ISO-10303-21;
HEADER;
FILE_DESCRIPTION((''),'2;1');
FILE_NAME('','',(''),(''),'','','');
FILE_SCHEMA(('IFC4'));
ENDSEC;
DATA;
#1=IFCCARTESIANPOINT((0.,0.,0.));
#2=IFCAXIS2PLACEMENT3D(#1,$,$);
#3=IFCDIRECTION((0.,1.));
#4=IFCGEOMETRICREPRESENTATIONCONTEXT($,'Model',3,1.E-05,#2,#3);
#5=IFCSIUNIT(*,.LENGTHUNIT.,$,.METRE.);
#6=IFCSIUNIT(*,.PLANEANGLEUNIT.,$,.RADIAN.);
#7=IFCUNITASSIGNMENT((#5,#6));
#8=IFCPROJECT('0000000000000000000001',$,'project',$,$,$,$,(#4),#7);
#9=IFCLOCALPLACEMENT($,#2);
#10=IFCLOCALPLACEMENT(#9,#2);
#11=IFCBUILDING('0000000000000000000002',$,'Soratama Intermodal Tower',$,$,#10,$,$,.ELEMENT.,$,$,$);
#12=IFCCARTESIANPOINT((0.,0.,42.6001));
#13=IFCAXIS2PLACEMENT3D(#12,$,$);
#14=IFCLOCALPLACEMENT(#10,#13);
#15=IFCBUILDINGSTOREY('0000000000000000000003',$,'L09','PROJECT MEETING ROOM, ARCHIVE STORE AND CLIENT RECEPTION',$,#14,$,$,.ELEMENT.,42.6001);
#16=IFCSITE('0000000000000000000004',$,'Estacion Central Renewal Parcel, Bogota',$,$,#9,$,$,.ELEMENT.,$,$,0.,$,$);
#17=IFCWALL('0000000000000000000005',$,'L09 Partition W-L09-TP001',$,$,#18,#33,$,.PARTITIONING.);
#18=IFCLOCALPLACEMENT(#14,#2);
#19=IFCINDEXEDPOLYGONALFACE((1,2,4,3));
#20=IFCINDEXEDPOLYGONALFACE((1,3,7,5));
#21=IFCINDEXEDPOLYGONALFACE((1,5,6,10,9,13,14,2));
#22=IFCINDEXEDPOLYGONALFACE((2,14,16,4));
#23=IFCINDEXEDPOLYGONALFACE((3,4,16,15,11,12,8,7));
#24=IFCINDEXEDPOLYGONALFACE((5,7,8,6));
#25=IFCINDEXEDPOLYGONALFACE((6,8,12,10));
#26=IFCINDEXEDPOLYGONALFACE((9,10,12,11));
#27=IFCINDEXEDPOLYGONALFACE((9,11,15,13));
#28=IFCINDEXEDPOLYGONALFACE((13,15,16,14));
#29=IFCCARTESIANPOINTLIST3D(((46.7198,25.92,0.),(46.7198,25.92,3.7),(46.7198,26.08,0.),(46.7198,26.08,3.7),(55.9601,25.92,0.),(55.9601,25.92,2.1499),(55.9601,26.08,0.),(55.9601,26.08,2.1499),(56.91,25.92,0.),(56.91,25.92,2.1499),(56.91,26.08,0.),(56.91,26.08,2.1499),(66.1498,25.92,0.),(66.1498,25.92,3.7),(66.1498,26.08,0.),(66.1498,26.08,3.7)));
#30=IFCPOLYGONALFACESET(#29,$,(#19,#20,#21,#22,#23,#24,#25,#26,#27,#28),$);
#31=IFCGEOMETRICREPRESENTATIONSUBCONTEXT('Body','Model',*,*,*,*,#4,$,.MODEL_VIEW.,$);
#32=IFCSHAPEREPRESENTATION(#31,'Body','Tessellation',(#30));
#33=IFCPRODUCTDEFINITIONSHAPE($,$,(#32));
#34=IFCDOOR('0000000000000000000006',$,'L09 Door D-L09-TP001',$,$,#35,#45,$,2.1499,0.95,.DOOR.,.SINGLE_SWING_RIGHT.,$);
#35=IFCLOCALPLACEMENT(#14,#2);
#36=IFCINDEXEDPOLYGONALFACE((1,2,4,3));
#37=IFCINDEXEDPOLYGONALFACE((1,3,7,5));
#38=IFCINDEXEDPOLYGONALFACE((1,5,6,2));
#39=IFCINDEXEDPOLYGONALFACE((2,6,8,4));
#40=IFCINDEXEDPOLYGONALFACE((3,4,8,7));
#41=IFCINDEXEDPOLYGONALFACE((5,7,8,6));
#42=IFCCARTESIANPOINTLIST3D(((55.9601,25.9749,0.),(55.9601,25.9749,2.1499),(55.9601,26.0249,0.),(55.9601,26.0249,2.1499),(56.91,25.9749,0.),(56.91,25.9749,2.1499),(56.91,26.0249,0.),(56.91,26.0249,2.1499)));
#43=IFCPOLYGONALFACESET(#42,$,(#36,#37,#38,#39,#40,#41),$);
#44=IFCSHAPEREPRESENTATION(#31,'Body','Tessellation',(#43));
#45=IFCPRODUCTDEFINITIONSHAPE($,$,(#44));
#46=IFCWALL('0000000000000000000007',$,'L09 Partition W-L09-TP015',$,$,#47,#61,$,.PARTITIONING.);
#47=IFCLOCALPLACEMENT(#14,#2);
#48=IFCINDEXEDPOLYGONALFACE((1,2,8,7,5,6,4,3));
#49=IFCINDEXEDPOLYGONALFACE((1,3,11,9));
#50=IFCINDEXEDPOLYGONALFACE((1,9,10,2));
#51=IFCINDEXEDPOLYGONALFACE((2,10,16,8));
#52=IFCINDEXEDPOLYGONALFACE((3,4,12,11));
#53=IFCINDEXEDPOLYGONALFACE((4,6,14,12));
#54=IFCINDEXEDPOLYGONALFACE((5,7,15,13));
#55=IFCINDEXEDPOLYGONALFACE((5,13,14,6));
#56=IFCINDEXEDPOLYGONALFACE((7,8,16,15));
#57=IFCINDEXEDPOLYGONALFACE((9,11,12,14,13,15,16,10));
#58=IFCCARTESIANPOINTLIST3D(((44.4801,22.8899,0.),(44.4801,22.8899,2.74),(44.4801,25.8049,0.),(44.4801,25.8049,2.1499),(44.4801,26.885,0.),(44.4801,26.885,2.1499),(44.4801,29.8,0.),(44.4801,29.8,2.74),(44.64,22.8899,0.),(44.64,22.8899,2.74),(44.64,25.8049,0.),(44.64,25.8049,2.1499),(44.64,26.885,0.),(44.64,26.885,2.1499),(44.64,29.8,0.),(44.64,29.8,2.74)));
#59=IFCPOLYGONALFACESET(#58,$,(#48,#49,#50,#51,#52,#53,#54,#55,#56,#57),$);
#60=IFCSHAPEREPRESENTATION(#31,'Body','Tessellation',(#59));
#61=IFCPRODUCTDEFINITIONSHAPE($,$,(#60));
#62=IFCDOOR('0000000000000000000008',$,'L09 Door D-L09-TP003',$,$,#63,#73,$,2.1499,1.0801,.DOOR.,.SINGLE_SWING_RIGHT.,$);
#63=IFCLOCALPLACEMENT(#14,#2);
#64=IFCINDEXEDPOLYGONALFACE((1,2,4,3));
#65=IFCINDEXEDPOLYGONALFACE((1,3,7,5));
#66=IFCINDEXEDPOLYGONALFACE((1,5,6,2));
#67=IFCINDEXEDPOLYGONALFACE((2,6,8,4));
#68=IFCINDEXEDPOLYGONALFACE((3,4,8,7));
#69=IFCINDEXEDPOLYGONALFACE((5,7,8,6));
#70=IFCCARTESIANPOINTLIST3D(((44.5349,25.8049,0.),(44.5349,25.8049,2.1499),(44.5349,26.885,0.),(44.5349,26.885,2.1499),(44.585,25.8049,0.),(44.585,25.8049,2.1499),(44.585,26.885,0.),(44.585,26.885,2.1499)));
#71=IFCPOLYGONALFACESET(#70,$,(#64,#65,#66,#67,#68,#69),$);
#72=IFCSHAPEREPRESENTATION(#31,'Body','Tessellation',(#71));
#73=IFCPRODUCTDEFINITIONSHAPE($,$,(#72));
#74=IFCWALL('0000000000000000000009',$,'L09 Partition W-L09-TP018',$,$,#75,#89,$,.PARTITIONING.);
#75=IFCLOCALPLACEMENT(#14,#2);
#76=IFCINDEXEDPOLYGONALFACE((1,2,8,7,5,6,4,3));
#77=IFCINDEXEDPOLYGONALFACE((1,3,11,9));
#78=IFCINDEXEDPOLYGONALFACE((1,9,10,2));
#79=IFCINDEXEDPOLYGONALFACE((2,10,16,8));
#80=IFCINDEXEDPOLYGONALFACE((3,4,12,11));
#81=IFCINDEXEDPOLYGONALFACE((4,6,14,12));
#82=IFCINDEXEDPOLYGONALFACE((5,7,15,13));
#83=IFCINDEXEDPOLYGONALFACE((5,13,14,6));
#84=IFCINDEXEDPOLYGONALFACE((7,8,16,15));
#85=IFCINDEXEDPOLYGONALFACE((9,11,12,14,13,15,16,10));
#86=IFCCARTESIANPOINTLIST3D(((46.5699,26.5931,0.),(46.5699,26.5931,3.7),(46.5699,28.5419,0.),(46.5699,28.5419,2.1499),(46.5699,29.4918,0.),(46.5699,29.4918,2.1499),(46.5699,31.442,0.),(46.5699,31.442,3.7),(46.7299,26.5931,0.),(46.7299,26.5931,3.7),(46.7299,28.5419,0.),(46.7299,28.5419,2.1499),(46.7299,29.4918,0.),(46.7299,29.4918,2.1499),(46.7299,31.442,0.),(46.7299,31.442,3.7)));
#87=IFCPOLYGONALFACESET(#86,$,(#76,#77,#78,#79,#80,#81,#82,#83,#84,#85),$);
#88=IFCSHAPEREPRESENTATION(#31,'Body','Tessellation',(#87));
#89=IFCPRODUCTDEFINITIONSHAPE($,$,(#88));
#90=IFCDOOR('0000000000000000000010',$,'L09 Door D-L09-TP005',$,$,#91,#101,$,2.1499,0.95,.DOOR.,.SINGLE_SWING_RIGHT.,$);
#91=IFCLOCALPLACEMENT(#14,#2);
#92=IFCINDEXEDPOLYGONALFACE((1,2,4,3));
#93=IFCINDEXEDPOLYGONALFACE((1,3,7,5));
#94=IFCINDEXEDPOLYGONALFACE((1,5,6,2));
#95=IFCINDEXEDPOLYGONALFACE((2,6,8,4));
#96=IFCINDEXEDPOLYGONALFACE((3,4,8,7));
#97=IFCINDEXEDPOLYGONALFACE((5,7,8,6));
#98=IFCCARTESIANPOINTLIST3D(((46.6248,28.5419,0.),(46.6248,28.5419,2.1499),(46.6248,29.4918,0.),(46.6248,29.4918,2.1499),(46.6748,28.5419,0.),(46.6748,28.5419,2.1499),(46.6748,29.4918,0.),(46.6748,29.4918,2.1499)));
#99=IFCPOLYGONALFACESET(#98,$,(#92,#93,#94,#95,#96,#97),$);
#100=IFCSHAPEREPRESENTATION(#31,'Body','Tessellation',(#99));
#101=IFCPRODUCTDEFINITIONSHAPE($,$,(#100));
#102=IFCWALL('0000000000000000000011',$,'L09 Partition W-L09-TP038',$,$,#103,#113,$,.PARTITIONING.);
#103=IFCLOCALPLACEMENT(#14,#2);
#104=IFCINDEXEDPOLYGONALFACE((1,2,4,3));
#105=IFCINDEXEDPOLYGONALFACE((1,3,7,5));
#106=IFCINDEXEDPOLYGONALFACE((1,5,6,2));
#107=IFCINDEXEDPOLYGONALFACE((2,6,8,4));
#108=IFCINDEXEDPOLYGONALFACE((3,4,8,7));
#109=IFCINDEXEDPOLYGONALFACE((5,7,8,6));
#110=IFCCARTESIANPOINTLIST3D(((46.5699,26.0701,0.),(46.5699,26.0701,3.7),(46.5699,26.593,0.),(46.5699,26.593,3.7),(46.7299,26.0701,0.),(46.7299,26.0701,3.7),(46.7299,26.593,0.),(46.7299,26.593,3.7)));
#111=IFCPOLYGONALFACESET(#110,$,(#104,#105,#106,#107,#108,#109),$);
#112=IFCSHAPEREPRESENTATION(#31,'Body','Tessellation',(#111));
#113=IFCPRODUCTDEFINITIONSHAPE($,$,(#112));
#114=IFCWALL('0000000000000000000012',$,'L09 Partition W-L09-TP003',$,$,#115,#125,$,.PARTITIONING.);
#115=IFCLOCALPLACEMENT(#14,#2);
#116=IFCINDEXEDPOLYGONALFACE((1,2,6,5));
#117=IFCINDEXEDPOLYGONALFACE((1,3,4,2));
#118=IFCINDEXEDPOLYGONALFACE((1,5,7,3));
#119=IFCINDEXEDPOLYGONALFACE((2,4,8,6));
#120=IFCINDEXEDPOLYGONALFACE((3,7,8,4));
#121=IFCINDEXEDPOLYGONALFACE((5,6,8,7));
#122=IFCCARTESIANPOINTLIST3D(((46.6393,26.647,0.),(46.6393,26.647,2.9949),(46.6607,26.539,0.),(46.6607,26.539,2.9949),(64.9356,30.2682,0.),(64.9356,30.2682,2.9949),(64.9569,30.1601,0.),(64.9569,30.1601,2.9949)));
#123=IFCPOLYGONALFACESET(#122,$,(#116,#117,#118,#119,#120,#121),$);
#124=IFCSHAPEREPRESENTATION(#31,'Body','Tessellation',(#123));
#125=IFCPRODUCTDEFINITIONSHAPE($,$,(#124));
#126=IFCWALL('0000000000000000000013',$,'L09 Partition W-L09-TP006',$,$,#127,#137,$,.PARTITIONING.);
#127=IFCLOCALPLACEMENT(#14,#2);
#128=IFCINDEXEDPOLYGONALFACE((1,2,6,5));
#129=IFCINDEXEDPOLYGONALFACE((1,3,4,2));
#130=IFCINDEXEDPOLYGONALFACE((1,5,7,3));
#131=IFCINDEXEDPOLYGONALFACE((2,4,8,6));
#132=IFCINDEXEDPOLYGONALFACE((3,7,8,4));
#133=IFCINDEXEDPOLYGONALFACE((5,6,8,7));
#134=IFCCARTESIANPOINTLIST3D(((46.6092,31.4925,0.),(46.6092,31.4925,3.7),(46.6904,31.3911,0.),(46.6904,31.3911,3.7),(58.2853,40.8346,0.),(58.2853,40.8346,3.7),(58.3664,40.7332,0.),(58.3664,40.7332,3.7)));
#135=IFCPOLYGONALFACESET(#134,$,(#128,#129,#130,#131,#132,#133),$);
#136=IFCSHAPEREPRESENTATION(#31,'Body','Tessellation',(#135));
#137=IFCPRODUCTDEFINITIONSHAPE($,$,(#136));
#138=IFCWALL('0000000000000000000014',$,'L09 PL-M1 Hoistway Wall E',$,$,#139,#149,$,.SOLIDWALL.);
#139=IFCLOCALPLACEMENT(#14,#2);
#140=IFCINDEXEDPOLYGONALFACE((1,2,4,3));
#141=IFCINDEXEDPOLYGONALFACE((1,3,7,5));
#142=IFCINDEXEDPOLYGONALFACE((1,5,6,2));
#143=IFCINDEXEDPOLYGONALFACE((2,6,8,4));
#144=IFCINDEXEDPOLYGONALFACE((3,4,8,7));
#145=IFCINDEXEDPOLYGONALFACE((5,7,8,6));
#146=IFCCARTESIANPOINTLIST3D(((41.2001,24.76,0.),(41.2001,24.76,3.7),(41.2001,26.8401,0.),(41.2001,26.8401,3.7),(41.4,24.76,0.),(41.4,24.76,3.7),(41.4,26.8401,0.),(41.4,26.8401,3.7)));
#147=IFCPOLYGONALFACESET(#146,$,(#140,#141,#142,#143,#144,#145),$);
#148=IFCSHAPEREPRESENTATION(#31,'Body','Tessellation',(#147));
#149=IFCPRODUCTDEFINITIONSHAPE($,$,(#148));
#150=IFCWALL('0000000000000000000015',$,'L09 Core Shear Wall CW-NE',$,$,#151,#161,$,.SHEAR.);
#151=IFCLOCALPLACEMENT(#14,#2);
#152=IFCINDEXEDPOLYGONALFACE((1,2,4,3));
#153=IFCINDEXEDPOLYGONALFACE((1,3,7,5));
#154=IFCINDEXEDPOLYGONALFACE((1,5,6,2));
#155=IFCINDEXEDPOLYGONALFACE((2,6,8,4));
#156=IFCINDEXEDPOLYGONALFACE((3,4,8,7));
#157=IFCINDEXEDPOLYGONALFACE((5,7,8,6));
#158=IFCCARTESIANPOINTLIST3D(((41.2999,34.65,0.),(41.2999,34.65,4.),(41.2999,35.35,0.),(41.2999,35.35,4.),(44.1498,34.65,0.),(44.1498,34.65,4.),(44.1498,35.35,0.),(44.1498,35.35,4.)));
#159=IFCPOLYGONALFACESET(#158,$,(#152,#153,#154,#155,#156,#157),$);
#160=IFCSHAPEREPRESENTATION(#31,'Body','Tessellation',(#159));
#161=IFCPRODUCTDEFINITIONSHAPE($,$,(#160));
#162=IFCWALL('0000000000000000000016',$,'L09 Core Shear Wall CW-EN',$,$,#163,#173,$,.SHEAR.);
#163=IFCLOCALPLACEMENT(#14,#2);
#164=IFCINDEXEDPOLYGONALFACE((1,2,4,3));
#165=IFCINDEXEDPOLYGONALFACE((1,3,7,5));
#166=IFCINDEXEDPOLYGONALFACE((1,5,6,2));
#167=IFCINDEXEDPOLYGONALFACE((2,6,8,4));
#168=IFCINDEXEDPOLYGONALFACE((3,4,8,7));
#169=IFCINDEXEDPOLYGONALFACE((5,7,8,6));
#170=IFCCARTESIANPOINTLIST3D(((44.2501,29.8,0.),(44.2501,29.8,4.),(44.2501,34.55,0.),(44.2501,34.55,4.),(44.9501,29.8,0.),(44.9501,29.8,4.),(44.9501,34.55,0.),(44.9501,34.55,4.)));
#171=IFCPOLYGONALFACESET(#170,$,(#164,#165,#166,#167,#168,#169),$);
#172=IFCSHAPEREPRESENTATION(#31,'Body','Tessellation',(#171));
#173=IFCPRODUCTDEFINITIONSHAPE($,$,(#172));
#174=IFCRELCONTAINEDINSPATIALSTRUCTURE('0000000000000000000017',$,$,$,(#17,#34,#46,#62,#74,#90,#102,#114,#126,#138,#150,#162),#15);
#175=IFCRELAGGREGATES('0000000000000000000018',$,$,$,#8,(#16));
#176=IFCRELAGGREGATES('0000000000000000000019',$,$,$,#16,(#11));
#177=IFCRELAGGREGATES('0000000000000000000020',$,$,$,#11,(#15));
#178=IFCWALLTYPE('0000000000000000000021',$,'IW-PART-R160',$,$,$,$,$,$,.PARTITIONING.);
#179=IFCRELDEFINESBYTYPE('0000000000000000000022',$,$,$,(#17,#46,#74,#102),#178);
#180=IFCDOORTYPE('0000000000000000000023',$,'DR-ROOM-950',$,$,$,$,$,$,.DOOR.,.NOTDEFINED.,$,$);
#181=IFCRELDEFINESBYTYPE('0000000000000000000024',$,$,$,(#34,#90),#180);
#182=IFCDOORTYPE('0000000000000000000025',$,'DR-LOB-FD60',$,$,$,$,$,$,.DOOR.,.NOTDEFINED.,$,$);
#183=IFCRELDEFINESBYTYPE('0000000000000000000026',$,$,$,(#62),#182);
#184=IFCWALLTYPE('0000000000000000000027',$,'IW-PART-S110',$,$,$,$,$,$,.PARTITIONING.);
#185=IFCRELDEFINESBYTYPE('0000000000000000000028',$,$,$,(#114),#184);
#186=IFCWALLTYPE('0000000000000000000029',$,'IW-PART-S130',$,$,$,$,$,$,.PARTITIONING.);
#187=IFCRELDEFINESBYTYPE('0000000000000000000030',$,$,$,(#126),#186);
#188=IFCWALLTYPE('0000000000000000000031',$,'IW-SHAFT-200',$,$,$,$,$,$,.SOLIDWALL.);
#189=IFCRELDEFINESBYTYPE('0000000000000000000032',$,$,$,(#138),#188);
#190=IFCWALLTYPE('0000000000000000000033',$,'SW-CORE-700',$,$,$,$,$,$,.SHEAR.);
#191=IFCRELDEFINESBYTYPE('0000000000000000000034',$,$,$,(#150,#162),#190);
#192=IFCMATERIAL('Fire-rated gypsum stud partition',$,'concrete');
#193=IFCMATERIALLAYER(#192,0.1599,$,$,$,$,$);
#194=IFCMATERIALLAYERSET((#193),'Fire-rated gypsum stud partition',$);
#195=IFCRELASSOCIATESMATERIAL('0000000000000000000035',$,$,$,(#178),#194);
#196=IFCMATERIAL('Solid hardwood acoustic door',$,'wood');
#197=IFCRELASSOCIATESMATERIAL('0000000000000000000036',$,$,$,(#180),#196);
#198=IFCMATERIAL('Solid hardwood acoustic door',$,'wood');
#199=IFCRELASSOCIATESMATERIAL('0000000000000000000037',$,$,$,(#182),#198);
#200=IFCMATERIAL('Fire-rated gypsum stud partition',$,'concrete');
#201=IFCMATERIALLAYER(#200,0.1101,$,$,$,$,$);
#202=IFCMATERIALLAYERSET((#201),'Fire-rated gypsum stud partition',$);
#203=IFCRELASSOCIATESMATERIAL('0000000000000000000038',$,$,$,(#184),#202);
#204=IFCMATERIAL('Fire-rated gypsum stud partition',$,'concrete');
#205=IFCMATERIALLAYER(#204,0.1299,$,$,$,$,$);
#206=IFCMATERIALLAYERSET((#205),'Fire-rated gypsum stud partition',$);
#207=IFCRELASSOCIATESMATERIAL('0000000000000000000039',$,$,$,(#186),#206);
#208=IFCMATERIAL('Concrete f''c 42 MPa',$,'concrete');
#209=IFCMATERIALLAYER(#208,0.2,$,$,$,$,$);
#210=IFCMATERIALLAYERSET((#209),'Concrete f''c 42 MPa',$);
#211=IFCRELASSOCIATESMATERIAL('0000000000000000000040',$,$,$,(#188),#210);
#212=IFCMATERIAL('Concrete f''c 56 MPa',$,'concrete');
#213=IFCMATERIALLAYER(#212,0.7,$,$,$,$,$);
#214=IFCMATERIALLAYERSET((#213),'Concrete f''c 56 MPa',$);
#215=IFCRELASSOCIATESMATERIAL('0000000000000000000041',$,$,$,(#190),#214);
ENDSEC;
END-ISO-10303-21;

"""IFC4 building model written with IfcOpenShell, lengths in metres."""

from ifc_helpers import new_model, si_unit, direction, frame, frame_2d, origin, place, context, subcontext, project, spatial, rectangle, extrude, material, layer, layer_set, type_object, element, fill, save


model = new_model("IFC4")

# Units and contexts
model_context = context("Model", 3, precision=1e-05, world=origin(), true_north=direction((0.0, 1.0)))
body_context = subcontext(model_context, "Body", "Model", "MODEL_VIEW")
ifc_project = project(units=[si_unit("LENGTHUNIT", "METRE"), si_unit("PLANEANGLEUNIT", "RADIAN")], contexts=[model_context])

# Site, building, storey
site_placement = place(None, origin())
site = spatial("IfcSite", under=ifc_project, at=site_placement, Name="Estacion Central Renewal Parcel, Bogota", CompositionType="ELEMENT", RefElevation=0.0)
building_placement = place(site_placement, origin())
building = spatial("IfcBuilding", under=site, at=building_placement, Name="Soratama Intermodal Tower", CompositionType="ELEMENT")
storey_placement = place(building_placement, frame((0.0, 0.0, 42.6001)))
storey = spatial("IfcBuildingStorey", under=building, at=storey_placement, Name="L09", Description="PROJECT MEETING ROOM, ARCHIVE STORE AND CLIENT RECEPTION", CompositionType="ELEMENT", Elevation=42.6001)

# Walls, openings, doors
ifc_material_1 = material(Name="Fire-rated gypsum stud partition", Category="concrete")
ifc_layer_1 = layer(ifc_material_1, 0.1599)
ifc_layer_set_1 = layer_set([ifc_layer_1], Name="Fire-rated gypsum stud partition")
wall_type_1 = type_object("IfcWallType", Name="IW-PART-R160", PredefinedType="PARTITIONING", material=ifc_layer_set_1)
wall_1_placement = place(storey_placement, frame((46.72, 26.0, 0.0), z_axis=(0.0, 0.0, 1.0), x_axis=(1.0, 0.0, 0.0)))
wall_1 = element("IfcWall", 1, at=wall_1_placement, inside=storey, type_object=wall_type_1, Name="L09 Partition W-L09-TP001", PredefinedType="PARTITIONING", context=body_context, shape_type="SweptSolid", body=[
    extrude(rectangle(XDim=19.4299, YDim=0.1599, at=frame_2d((9.7148, 0.0))), origin(), (0.0, 0.0, 1.0), 3.7),
])
opening_1_placement = place(wall_1_placement, frame((9.24, 0.0, 0.0)))
opening_1 = element("IfcOpeningElement", 2, at=opening_1_placement, cuts=wall_1, PredefinedType="OPENING", context=body_context, shape_type="SweptSolid", body=[
    extrude(rectangle(XDim=0.95, YDim=2.1499, at=frame_2d((0.4751, 1.075))), frame((0.0, 0.0898, 0.0), z_axis=(0.0, -1.0, 0.0), x_axis=(1.0, 0.0, 0.0)), (0.0, 0.0, 1.0), 0.1799),
])
ifc_material_2 = material(Name="Solid hardwood acoustic door", Category="wood")
door_type_1 = type_object("IfcDoorType", Name="DR-ROOM-950", OperationType="NOTDEFINED", PredefinedType="DOOR", material=ifc_material_2)
door_1_placement = place(opening_1_placement, origin())
door_1 = element("IfcDoor", 3, at=door_1_placement, inside=storey, type_object=door_type_1, Name="L09 Door D-L09-TP001", OperationType="SINGLE_SWING_RIGHT", OverallHeight=2.1499, OverallWidth=0.95, PredefinedType="DOOR", context=body_context, shape_type="SweptSolid", body=[
    extrude(rectangle(XDim=0.95, YDim=2.1499, at=frame_2d((0.4751, 1.075))), frame((0.0, 0.0249, 0.0), z_axis=(0.0, -1.0, 0.0), x_axis=(1.0, 0.0, 0.0)), (0.0, 0.0, 1.0), 0.05),
])
fill(opening_1, door_1)
wall_2_placement = place(storey_placement, frame((44.5601, 29.8, 0.0), z_axis=(0.0, 0.0, 1.0), x_axis=(0.0, -1.0, 0.0)))
wall_2 = element("IfcWall", 4, at=wall_2_placement, inside=storey, type_object=wall_type_1, Name="L09 Partition W-L09-TP015", PredefinedType="PARTITIONING", context=body_context, shape_type="SweptSolid", body=[
    extrude(rectangle(XDim=6.9102, YDim=0.1599, at=frame_2d((3.4551, 0.0))), origin(), (0.0, 0.0, 1.0), 2.74),
])
opening_2_placement = place(wall_2_placement, frame((2.915, 0.0, 0.0)))
opening_2 = element("IfcOpeningElement", 5, at=opening_2_placement, cuts=wall_2, PredefinedType="OPENING", context=body_context, shape_type="SweptSolid", body=[
    extrude(rectangle(XDim=1.0801, YDim=2.1499, at=frame_2d((0.54, 1.075))), frame((0.0, 0.0898, 0.0), z_axis=(0.0, -1.0, 0.0), x_axis=(1.0, 0.0, 0.0)), (0.0, 0.0, 1.0), 0.1799),
])
ifc_material_3 = material(Name="Solid hardwood acoustic door", Category="wood")
door_type_2 = type_object("IfcDoorType", Name="DR-LOB-FD60", OperationType="NOTDEFINED", PredefinedType="DOOR", material=ifc_material_3)
door_2_placement = place(opening_2_placement, origin())
door_2 = element("IfcDoor", 6, at=door_2_placement, inside=storey, type_object=door_type_2, Name="L09 Door D-L09-TP003", OperationType="SINGLE_SWING_RIGHT", OverallHeight=2.1499, OverallWidth=1.0801, PredefinedType="DOOR", context=body_context, shape_type="SweptSolid", body=[
    extrude(rectangle(XDim=1.0801, YDim=2.1499, at=frame_2d((0.54, 1.075))), frame((0.0, 0.0249, 0.0), z_axis=(0.0, -1.0, 0.0), x_axis=(1.0, 0.0, 0.0)), (0.0, 0.0, 1.0), 0.05),
])
fill(opening_2, door_2)
wall_3_placement = place(storey_placement, frame((46.6499, 31.4419, 0.0), z_axis=(0.0, 0.0, 1.0), x_axis=(0.0, -1.0, 0.0)))
wall_3 = element("IfcWall", 7, at=wall_3_placement, inside=storey, type_object=wall_type_1, Name="L09 Partition W-L09-TP018", PredefinedType="PARTITIONING", context=body_context, shape_type="SweptSolid", body=[
    extrude(rectangle(XDim=4.8489, YDim=0.1599, at=frame_2d((2.4243, 0.0))), origin(), (0.0, 0.0, 1.0), 3.7),
])
opening_3_placement = place(wall_3_placement, frame((1.95, 0.0, 0.0)))
opening_3 = element("IfcOpeningElement", 8, at=opening_3_placement, cuts=wall_3, PredefinedType="OPENING", context=body_context, shape_type="SweptSolid", body=[
    extrude(rectangle(XDim=0.95, YDim=2.1499, at=frame_2d((0.4751, 1.075))), frame((0.0, 0.0898, 0.0), z_axis=(0.0, -1.0, 0.0), x_axis=(1.0, 0.0, 0.0)), (0.0, 0.0, 1.0), 0.1799),
])
door_3_placement = place(opening_3_placement, origin())
door_3 = element("IfcDoor", 9, at=door_3_placement, inside=storey, type_object=door_type_1, Name="L09 Door D-L09-TP005", OperationType="SINGLE_SWING_RIGHT", OverallHeight=2.1499, OverallWidth=0.95, PredefinedType="DOOR", context=body_context, shape_type="SweptSolid", body=[
    extrude(rectangle(XDim=0.95, YDim=2.1499, at=frame_2d((0.4751, 1.075))), frame((0.0, 0.0249, 0.0), z_axis=(0.0, -1.0, 0.0), x_axis=(1.0, 0.0, 0.0)), (0.0, 0.0, 1.0), 0.05),
])
fill(opening_3, door_3)

# Walls
wall_4_placement = place(storey_placement, frame((46.6499, 26.593, 0.0), z_axis=(0.0, 0.0, 1.0), x_axis=(0.0, -1.0, 0.0)))
element("IfcWall", 10, at=wall_4_placement, inside=storey, type_object=wall_type_1, Name="L09 Partition W-L09-TP038", PredefinedType="PARTITIONING", context=body_context, shape_type="SweptSolid", body=[
    extrude(rectangle(XDim=0.5229, YDim=0.1599, at=frame_2d((0.2615, 0.0))), origin(), (0.0, 0.0, 1.0), 3.7),
])
ifc_material_4 = material(Name="Fire-rated gypsum stud partition", Category="concrete")
ifc_layer_2 = layer(ifc_material_4, 0.1101)
ifc_layer_set_2 = layer_set([ifc_layer_2], Name="Fire-rated gypsum stud partition")
wall_type_2 = type_object("IfcWallType", Name="IW-PART-S110", PredefinedType="PARTITIONING", material=ifc_layer_set_2)
wall_5_placement = place(storey_placement, frame((46.6499, 26.593, 0.0), z_axis=(0.0, 0.0, 1.0), x_axis=(0.980972, 0.19415, 0.0)))
element("IfcWall", 11, at=wall_5_placement, inside=storey, type_object=wall_type_2, Name="L09 Partition W-L09-TP003", PredefinedType="PARTITIONING", context=body_context, shape_type="SweptSolid", body=[
    extrude(rectangle(XDim=18.6511, YDim=0.1101, at=frame_2d((9.3257, 0.0))), origin(), (0.0, 0.0, 1.0), 2.9949),
])
ifc_material_5 = material(Name="Fire-rated gypsum stud partition", Category="concrete")
ifc_layer_3 = layer(ifc_material_5, 0.1299)
ifc_layer_set_3 = layer_set([ifc_layer_3], Name="Fire-rated gypsum stud partition")
wall_type_3 = type_object("IfcWallType", Name="IW-PART-S130", PredefinedType="PARTITIONING", material=ifc_layer_set_3)
wall_6_placement = place(storey_placement, frame((46.6499, 31.4419, 0.0), z_axis=(0.0, 0.0, 1.0), x_axis=(0.780829, 0.624745, 0.0)))
element("IfcWall", 12, at=wall_6_placement, inside=storey, type_object=wall_type_3, Name="L09 Partition W-L09-TP006", PredefinedType="PARTITIONING", context=body_context, shape_type="SweptSolid", body=[
    extrude(rectangle(XDim=14.9534, YDim=0.1299, at=frame_2d((7.4766, 0.0))), origin(), (0.0, 0.0, 1.0), 3.7),
])
ifc_material_6 = material(Name="Concrete f'c 42 MPa", Category="concrete")
ifc_layer_4 = layer(ifc_material_6, 0.2)
ifc_layer_set_4 = layer_set([ifc_layer_4], Name="Concrete f'c 42 MPa")
wall_type_4 = type_object("IfcWallType", Name="IW-SHAFT-200", PredefinedType="SOLIDWALL", material=ifc_layer_set_4)
wall_7_placement = place(storey_placement, frame((41.3, 24.76, 0.0), z_axis=(0.0, 0.0, 1.0), x_axis=(0.0, 1.0, 0.0)))
element("IfcWall", 13, at=wall_7_placement, inside=storey, type_object=wall_type_4, Name="L09 PL-M1 Hoistway Wall E", PredefinedType="SOLIDWALL", context=body_context, shape_type="SweptSolid", body=[
    extrude(rectangle(XDim=2.0801, YDim=0.2, at=frame_2d((1.04, 0.0))), origin(), (0.0, 0.0, 1.0), 3.7),
])
ifc_material_7 = material(Name="Concrete f'c 56 MPa", Category="concrete")
ifc_layer_5 = layer(ifc_material_7, 0.7)
ifc_layer_set_5 = layer_set([ifc_layer_5], Name="Concrete f'c 56 MPa")
wall_type_5 = type_object("IfcWallType", Name="SW-CORE-700", PredefinedType="SHEAR", material=ifc_layer_set_5)
wall_8_placement = place(storey_placement, frame((41.3, 35.0, 0.0), z_axis=(0.0, 0.0, 1.0), x_axis=(1.0, 0.0, 0.0)))
element("IfcWall", 14, at=wall_8_placement, inside=storey, type_object=wall_type_5, Name="L09 Core Shear Wall CW-NE", PredefinedType="SHEAR", context=body_context, shape_type="SweptSolid", body=[
    extrude(rectangle(XDim=2.8499, YDim=0.7, at=frame_2d((1.4248, 0.0))), origin(), (0.0, 0.0, 1.0), 4.0),
])
wall_9_placement = place(storey_placement, frame((44.6001, 29.8, 0.0), z_axis=(0.0, 0.0, 1.0), x_axis=(0.0, 1.0, 0.0)))
element("IfcWall", 15, at=wall_9_placement, inside=storey, type_object=wall_type_5, Name="L09 Core Shear Wall CW-EN", PredefinedType="SHEAR", context=body_context, shape_type="SweptSolid", body=[
    extrude(rectangle(XDim=4.75, YDim=0.7, at=frame_2d((2.375, 0.0))), origin(), (0.0, 0.0, 1.0), 4.0),
])

save(model, "model.ifc")
